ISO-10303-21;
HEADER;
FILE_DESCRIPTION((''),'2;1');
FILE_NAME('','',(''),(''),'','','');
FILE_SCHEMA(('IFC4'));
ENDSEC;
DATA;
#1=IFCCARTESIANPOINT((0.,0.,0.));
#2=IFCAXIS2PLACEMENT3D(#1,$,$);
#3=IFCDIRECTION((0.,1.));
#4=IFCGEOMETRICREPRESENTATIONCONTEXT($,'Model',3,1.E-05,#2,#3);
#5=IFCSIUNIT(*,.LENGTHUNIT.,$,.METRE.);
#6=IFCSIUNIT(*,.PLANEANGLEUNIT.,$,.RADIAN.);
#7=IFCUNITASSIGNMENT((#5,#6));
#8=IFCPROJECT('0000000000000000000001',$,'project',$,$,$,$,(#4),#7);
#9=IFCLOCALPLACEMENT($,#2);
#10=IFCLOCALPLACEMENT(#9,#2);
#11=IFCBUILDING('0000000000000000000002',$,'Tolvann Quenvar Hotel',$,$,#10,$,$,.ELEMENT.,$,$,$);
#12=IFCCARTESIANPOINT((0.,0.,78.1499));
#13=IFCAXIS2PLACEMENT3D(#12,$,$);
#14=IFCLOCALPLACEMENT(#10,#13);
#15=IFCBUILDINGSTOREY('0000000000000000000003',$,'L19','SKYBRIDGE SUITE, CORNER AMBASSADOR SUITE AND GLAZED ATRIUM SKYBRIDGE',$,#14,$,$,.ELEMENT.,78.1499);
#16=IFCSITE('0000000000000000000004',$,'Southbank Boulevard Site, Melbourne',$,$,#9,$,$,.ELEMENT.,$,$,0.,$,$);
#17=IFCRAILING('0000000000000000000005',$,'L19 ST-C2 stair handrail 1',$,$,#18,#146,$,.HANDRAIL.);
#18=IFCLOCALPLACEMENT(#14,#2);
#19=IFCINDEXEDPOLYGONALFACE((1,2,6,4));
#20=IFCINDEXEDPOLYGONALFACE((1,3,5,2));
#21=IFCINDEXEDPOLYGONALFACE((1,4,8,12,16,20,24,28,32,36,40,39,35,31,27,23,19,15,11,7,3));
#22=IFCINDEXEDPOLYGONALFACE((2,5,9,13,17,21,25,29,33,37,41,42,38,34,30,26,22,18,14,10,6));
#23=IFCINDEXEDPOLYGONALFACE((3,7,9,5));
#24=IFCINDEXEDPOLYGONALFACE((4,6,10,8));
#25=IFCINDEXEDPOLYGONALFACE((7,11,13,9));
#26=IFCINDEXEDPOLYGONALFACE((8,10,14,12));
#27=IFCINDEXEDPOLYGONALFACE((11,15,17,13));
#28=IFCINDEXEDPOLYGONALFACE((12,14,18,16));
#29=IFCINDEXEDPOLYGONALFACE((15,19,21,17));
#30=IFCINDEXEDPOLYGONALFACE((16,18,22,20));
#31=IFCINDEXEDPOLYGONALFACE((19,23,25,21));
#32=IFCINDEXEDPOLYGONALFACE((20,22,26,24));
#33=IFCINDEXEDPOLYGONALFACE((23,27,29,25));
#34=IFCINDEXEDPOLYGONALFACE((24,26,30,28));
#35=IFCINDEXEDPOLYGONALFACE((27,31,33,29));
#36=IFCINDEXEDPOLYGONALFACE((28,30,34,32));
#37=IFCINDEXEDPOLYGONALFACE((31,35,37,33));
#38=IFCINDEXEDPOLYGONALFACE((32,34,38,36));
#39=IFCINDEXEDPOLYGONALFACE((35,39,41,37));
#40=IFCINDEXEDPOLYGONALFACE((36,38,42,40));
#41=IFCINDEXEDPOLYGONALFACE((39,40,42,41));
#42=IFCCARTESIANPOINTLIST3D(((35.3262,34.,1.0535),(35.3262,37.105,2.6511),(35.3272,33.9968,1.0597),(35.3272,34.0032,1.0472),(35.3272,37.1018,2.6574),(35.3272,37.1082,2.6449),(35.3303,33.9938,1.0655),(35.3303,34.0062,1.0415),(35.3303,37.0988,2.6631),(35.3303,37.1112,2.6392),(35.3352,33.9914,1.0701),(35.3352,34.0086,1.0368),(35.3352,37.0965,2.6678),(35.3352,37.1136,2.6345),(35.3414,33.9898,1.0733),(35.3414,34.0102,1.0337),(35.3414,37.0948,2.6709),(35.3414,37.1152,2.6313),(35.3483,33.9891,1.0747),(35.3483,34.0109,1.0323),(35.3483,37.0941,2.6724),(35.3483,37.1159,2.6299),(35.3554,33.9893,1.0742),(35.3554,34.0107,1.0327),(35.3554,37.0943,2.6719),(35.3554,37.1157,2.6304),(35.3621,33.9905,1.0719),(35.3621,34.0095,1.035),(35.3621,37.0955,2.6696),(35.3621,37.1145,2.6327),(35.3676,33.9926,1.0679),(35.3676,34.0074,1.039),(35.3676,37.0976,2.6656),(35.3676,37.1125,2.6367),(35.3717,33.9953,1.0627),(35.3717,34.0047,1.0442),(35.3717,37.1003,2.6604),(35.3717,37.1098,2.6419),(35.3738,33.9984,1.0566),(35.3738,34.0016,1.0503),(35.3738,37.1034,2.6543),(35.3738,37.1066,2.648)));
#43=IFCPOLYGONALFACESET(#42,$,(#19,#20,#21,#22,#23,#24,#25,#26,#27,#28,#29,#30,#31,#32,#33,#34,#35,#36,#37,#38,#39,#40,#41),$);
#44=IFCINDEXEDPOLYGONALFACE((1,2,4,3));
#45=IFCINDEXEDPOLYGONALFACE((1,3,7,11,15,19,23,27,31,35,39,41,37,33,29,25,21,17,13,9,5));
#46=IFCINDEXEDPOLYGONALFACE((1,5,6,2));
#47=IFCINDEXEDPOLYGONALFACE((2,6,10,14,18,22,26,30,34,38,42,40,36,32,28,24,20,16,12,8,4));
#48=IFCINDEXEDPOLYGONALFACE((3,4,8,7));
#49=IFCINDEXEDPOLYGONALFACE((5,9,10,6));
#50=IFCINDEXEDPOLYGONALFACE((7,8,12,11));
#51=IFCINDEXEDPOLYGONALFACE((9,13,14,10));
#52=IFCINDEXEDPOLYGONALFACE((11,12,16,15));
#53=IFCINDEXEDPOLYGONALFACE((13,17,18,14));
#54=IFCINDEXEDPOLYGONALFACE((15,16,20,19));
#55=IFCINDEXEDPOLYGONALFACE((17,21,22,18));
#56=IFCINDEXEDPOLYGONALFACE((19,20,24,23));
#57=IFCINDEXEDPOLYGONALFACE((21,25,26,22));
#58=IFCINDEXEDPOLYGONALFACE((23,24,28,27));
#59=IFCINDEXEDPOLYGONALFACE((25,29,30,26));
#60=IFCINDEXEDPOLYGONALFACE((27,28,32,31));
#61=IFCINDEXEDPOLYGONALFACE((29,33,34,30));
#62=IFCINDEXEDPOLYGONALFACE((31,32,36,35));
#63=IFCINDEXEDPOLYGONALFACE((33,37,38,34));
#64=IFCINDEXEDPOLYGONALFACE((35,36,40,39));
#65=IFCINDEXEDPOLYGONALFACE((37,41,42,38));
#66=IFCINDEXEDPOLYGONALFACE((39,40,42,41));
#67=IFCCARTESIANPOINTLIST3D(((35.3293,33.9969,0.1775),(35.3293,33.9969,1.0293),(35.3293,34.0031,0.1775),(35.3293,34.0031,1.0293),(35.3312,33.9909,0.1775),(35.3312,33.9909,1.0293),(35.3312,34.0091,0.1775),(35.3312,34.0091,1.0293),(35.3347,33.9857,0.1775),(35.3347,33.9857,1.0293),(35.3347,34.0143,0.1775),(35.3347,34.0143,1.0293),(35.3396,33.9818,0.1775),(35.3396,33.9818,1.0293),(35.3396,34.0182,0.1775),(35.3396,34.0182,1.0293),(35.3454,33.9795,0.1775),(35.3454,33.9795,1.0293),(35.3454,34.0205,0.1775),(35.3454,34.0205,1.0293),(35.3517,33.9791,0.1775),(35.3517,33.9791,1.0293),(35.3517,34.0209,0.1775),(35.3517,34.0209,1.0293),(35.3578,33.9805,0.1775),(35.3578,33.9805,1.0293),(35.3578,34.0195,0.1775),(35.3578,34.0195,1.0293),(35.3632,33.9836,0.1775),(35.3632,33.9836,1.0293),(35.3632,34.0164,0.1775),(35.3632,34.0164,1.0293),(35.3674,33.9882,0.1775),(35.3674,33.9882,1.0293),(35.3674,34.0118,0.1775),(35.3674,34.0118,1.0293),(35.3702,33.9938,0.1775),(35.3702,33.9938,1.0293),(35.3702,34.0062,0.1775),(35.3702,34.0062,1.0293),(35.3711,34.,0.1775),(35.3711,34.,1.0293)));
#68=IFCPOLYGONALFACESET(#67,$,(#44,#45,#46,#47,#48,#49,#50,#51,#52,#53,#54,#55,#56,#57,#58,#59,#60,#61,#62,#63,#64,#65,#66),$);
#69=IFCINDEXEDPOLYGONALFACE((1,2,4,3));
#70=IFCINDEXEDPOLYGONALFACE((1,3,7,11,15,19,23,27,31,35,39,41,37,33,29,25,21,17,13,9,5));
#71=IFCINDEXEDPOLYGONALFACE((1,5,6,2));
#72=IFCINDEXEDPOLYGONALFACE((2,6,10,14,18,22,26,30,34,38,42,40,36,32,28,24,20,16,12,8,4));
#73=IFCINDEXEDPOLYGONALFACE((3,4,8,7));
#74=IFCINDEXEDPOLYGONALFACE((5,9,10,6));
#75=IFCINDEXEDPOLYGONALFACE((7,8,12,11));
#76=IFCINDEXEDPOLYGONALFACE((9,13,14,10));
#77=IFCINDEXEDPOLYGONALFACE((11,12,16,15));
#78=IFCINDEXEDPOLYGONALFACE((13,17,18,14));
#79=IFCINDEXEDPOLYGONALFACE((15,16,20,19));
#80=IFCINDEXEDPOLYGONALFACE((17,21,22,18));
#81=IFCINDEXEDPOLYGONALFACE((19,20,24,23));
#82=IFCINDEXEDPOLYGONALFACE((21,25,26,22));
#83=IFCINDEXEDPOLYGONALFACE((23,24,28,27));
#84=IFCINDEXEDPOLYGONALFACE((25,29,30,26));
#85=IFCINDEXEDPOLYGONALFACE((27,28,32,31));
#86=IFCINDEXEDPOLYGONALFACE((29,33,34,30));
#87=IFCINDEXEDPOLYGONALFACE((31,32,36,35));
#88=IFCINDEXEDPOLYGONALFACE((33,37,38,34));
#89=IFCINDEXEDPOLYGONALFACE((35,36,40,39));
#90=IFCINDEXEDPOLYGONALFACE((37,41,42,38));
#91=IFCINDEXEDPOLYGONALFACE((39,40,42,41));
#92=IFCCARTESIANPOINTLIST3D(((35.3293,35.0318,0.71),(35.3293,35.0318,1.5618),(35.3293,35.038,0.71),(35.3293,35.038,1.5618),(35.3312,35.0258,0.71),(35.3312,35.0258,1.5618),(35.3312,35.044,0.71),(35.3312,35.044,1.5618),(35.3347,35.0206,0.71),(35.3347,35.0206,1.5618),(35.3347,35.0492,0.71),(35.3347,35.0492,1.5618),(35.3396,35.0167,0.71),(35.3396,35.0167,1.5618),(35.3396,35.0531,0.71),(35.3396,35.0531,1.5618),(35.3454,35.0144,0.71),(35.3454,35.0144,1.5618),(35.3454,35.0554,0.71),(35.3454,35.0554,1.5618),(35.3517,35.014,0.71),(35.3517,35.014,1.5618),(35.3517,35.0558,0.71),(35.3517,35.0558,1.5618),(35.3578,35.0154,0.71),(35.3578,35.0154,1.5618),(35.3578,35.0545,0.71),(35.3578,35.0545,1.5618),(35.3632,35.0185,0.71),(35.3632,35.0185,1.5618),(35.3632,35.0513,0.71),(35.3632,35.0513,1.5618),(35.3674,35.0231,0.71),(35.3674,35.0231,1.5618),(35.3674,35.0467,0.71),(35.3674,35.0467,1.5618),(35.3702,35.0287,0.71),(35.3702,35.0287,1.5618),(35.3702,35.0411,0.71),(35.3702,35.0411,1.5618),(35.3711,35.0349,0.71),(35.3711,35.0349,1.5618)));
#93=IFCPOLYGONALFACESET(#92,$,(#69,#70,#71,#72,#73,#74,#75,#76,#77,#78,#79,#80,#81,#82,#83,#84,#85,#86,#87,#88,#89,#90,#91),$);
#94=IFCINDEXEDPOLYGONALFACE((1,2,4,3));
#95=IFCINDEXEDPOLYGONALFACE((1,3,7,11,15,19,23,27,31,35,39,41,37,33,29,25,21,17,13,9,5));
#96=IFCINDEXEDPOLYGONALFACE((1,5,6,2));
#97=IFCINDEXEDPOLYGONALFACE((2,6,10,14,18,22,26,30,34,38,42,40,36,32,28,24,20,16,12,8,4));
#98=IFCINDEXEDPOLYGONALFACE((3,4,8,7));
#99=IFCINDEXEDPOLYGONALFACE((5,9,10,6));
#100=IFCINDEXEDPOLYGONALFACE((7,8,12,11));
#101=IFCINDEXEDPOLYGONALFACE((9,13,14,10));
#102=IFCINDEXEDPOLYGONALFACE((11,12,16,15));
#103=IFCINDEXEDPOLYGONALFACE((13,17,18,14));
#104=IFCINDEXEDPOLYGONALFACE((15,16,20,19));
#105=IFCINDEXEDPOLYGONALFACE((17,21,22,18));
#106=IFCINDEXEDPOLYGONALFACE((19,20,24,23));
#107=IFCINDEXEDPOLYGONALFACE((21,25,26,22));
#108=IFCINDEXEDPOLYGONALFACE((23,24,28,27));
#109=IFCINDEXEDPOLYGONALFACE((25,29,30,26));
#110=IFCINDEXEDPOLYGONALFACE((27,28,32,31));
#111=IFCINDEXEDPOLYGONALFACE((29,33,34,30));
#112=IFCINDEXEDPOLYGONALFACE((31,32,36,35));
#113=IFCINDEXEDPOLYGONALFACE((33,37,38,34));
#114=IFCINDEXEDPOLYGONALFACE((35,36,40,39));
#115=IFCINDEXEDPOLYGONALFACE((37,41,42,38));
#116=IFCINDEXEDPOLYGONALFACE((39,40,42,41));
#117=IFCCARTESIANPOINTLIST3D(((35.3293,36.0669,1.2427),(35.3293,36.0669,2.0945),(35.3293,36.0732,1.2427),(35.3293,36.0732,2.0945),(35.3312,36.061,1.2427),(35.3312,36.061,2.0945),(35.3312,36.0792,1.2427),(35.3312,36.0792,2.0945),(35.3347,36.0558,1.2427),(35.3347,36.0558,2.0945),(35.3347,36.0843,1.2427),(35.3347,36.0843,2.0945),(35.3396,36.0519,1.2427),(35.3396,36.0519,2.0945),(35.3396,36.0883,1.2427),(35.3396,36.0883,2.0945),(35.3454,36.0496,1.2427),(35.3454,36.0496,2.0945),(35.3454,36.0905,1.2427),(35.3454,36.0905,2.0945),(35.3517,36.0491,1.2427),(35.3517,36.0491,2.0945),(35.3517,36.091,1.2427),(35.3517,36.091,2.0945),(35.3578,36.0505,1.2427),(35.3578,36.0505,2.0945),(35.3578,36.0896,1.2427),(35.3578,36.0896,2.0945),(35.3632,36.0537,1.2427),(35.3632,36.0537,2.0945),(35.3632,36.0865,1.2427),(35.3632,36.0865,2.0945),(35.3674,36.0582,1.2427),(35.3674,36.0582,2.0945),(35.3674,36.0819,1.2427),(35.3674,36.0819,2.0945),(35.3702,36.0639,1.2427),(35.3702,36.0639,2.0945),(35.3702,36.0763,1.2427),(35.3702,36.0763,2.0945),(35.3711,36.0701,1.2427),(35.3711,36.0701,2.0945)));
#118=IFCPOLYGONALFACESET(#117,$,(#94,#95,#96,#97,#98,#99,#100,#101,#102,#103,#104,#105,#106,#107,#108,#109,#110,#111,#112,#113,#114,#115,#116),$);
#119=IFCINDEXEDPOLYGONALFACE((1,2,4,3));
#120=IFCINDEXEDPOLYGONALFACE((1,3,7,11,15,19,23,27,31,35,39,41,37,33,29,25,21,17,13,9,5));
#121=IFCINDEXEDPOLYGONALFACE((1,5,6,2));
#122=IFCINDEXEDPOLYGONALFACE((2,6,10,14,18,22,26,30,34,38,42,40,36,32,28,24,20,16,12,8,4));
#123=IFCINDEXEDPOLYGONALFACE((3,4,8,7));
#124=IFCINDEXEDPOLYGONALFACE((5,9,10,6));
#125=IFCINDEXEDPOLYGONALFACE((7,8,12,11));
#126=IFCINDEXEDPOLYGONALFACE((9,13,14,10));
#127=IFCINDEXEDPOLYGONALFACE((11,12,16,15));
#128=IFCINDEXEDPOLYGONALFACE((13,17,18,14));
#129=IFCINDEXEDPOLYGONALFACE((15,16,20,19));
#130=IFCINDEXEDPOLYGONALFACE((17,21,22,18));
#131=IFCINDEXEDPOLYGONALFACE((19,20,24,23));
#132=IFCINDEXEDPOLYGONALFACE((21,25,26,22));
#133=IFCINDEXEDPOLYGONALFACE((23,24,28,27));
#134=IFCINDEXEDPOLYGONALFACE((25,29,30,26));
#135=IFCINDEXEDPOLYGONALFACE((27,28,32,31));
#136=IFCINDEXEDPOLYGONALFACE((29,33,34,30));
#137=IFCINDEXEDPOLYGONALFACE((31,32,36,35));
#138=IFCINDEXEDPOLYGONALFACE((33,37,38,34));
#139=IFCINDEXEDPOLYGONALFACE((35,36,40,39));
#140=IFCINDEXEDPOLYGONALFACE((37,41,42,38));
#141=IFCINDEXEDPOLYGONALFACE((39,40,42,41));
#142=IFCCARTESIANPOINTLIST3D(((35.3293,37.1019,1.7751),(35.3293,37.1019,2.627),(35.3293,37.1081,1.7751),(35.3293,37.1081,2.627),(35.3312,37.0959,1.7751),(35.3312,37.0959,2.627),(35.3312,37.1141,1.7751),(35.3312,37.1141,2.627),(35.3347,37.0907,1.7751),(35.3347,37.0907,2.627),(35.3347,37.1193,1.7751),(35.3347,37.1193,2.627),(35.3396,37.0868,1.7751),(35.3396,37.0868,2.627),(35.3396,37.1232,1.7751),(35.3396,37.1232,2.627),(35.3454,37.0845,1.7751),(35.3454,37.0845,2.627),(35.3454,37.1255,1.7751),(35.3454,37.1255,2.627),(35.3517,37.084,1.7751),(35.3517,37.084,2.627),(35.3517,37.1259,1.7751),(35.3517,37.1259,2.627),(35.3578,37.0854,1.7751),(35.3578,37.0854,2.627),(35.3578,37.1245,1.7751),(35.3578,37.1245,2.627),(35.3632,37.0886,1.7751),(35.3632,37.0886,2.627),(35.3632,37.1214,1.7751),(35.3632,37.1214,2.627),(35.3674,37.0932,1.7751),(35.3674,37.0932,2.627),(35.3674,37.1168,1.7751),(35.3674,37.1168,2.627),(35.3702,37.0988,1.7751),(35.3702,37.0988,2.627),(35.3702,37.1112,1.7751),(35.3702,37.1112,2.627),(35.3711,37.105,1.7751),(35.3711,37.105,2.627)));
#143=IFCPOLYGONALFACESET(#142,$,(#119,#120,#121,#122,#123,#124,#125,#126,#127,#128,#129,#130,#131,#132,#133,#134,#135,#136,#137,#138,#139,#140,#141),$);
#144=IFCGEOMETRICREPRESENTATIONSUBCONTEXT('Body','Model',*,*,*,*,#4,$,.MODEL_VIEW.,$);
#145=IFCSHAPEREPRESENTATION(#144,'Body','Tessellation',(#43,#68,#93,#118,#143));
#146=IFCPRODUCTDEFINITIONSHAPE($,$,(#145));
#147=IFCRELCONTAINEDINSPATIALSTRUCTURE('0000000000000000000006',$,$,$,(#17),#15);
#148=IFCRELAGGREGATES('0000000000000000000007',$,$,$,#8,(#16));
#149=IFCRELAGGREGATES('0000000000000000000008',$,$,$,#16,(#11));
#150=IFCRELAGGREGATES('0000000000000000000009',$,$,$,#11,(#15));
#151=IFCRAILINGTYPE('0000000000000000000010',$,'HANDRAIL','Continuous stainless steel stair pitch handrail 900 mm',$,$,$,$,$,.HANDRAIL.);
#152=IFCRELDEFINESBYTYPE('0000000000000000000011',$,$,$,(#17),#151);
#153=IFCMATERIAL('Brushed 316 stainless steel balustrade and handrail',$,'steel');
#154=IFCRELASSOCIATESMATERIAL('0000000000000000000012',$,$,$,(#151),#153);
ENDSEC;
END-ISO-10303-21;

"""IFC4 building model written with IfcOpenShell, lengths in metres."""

from ifc_helpers import new_model, si_unit, direction, frame, origin, origin_2d, place, context, subcontext, project, spatial, circle, extrude, material, type_object, element, save


model = new_model("IFC4")

# Units and contexts
model_context = context("Model", 3, precision=1e-05, world=origin(), true_north=direction((0.0, 1.0)))
body_context = subcontext(model_context, "Body", "Model", "MODEL_VIEW")
ifc_project = project(units=[si_unit("LENGTHUNIT", "METRE"), si_unit("PLANEANGLEUNIT", "RADIAN")], contexts=[model_context])

# Site, building, storey
site_placement = place(None, origin())
site = spatial("IfcSite", under=ifc_project, at=site_placement, Name="Southbank Boulevard Site, Melbourne", CompositionType="ELEMENT", RefElevation=0.0)
building_placement = place(site_placement, origin())
building = spatial("IfcBuilding", under=site, at=building_placement, Name="Tolvann Quenvar Hotel", CompositionType="ELEMENT")
storey_placement = place(building_placement, frame((0.0, 0.0, 78.1499)))
storey = spatial("IfcBuildingStorey", under=building, at=storey_placement, Name="L19", Description="SKYBRIDGE SUITE, CORNER AMBASSADOR SUITE AND GLAZED ATRIUM SKYBRIDGE", CompositionType="ELEMENT", Elevation=78.1499)

# Railing
ifc_material_1 = material(Name="Brushed 316 stainless steel balustrade and handrail", Category="steel")
railing_type_1 = type_object("IfcRailingType", Name="HANDRAIL", Description="Continuous stainless steel stair pitch handrail 900 mm", PredefinedType="HANDRAIL", material=ifc_material_1)
railing_1_placement = place(storey_placement, frame((35.3501, 34.0, 0.1775)))
element("IfcRailing", 1, at=railing_1_placement, inside=storey, type_object=railing_type_1, Name="L19 ST-C2 stair handrail 1", PredefinedType="HANDRAIL", context=body_context, shape_type="SweptSolid", body=[
    extrude(circle(Radius=0.0239, at=origin_2d()), frame((0.0, 0.0, 0.876), z_axis=(0.0, 0.889194, 0.457531), x_axis=(-1.0, 0.0, 0.0)), (0.0, 0.0, 1.0), 3.4919),
    extrude(circle(Radius=0.021, at=origin_2d()), origin(), (0.0, 0.0, 1.0), 0.8518),
    extrude(circle(Radius=0.021, at=origin_2d()), frame((0.0, 1.0349, 0.5325)), (0.0, 0.0, 1.0), 0.8518),
    extrude(circle(Radius=0.021, at=origin_2d()), frame((0.0, 2.0701, 1.0652)), (0.0, 0.0, 1.0), 0.8518),
    extrude(circle(Radius=0.021, at=origin_2d()), frame((0.0, 3.105, 1.5977)), (0.0, 0.0, 1.0), 0.8518),
])

save(model, "model.ifc")
